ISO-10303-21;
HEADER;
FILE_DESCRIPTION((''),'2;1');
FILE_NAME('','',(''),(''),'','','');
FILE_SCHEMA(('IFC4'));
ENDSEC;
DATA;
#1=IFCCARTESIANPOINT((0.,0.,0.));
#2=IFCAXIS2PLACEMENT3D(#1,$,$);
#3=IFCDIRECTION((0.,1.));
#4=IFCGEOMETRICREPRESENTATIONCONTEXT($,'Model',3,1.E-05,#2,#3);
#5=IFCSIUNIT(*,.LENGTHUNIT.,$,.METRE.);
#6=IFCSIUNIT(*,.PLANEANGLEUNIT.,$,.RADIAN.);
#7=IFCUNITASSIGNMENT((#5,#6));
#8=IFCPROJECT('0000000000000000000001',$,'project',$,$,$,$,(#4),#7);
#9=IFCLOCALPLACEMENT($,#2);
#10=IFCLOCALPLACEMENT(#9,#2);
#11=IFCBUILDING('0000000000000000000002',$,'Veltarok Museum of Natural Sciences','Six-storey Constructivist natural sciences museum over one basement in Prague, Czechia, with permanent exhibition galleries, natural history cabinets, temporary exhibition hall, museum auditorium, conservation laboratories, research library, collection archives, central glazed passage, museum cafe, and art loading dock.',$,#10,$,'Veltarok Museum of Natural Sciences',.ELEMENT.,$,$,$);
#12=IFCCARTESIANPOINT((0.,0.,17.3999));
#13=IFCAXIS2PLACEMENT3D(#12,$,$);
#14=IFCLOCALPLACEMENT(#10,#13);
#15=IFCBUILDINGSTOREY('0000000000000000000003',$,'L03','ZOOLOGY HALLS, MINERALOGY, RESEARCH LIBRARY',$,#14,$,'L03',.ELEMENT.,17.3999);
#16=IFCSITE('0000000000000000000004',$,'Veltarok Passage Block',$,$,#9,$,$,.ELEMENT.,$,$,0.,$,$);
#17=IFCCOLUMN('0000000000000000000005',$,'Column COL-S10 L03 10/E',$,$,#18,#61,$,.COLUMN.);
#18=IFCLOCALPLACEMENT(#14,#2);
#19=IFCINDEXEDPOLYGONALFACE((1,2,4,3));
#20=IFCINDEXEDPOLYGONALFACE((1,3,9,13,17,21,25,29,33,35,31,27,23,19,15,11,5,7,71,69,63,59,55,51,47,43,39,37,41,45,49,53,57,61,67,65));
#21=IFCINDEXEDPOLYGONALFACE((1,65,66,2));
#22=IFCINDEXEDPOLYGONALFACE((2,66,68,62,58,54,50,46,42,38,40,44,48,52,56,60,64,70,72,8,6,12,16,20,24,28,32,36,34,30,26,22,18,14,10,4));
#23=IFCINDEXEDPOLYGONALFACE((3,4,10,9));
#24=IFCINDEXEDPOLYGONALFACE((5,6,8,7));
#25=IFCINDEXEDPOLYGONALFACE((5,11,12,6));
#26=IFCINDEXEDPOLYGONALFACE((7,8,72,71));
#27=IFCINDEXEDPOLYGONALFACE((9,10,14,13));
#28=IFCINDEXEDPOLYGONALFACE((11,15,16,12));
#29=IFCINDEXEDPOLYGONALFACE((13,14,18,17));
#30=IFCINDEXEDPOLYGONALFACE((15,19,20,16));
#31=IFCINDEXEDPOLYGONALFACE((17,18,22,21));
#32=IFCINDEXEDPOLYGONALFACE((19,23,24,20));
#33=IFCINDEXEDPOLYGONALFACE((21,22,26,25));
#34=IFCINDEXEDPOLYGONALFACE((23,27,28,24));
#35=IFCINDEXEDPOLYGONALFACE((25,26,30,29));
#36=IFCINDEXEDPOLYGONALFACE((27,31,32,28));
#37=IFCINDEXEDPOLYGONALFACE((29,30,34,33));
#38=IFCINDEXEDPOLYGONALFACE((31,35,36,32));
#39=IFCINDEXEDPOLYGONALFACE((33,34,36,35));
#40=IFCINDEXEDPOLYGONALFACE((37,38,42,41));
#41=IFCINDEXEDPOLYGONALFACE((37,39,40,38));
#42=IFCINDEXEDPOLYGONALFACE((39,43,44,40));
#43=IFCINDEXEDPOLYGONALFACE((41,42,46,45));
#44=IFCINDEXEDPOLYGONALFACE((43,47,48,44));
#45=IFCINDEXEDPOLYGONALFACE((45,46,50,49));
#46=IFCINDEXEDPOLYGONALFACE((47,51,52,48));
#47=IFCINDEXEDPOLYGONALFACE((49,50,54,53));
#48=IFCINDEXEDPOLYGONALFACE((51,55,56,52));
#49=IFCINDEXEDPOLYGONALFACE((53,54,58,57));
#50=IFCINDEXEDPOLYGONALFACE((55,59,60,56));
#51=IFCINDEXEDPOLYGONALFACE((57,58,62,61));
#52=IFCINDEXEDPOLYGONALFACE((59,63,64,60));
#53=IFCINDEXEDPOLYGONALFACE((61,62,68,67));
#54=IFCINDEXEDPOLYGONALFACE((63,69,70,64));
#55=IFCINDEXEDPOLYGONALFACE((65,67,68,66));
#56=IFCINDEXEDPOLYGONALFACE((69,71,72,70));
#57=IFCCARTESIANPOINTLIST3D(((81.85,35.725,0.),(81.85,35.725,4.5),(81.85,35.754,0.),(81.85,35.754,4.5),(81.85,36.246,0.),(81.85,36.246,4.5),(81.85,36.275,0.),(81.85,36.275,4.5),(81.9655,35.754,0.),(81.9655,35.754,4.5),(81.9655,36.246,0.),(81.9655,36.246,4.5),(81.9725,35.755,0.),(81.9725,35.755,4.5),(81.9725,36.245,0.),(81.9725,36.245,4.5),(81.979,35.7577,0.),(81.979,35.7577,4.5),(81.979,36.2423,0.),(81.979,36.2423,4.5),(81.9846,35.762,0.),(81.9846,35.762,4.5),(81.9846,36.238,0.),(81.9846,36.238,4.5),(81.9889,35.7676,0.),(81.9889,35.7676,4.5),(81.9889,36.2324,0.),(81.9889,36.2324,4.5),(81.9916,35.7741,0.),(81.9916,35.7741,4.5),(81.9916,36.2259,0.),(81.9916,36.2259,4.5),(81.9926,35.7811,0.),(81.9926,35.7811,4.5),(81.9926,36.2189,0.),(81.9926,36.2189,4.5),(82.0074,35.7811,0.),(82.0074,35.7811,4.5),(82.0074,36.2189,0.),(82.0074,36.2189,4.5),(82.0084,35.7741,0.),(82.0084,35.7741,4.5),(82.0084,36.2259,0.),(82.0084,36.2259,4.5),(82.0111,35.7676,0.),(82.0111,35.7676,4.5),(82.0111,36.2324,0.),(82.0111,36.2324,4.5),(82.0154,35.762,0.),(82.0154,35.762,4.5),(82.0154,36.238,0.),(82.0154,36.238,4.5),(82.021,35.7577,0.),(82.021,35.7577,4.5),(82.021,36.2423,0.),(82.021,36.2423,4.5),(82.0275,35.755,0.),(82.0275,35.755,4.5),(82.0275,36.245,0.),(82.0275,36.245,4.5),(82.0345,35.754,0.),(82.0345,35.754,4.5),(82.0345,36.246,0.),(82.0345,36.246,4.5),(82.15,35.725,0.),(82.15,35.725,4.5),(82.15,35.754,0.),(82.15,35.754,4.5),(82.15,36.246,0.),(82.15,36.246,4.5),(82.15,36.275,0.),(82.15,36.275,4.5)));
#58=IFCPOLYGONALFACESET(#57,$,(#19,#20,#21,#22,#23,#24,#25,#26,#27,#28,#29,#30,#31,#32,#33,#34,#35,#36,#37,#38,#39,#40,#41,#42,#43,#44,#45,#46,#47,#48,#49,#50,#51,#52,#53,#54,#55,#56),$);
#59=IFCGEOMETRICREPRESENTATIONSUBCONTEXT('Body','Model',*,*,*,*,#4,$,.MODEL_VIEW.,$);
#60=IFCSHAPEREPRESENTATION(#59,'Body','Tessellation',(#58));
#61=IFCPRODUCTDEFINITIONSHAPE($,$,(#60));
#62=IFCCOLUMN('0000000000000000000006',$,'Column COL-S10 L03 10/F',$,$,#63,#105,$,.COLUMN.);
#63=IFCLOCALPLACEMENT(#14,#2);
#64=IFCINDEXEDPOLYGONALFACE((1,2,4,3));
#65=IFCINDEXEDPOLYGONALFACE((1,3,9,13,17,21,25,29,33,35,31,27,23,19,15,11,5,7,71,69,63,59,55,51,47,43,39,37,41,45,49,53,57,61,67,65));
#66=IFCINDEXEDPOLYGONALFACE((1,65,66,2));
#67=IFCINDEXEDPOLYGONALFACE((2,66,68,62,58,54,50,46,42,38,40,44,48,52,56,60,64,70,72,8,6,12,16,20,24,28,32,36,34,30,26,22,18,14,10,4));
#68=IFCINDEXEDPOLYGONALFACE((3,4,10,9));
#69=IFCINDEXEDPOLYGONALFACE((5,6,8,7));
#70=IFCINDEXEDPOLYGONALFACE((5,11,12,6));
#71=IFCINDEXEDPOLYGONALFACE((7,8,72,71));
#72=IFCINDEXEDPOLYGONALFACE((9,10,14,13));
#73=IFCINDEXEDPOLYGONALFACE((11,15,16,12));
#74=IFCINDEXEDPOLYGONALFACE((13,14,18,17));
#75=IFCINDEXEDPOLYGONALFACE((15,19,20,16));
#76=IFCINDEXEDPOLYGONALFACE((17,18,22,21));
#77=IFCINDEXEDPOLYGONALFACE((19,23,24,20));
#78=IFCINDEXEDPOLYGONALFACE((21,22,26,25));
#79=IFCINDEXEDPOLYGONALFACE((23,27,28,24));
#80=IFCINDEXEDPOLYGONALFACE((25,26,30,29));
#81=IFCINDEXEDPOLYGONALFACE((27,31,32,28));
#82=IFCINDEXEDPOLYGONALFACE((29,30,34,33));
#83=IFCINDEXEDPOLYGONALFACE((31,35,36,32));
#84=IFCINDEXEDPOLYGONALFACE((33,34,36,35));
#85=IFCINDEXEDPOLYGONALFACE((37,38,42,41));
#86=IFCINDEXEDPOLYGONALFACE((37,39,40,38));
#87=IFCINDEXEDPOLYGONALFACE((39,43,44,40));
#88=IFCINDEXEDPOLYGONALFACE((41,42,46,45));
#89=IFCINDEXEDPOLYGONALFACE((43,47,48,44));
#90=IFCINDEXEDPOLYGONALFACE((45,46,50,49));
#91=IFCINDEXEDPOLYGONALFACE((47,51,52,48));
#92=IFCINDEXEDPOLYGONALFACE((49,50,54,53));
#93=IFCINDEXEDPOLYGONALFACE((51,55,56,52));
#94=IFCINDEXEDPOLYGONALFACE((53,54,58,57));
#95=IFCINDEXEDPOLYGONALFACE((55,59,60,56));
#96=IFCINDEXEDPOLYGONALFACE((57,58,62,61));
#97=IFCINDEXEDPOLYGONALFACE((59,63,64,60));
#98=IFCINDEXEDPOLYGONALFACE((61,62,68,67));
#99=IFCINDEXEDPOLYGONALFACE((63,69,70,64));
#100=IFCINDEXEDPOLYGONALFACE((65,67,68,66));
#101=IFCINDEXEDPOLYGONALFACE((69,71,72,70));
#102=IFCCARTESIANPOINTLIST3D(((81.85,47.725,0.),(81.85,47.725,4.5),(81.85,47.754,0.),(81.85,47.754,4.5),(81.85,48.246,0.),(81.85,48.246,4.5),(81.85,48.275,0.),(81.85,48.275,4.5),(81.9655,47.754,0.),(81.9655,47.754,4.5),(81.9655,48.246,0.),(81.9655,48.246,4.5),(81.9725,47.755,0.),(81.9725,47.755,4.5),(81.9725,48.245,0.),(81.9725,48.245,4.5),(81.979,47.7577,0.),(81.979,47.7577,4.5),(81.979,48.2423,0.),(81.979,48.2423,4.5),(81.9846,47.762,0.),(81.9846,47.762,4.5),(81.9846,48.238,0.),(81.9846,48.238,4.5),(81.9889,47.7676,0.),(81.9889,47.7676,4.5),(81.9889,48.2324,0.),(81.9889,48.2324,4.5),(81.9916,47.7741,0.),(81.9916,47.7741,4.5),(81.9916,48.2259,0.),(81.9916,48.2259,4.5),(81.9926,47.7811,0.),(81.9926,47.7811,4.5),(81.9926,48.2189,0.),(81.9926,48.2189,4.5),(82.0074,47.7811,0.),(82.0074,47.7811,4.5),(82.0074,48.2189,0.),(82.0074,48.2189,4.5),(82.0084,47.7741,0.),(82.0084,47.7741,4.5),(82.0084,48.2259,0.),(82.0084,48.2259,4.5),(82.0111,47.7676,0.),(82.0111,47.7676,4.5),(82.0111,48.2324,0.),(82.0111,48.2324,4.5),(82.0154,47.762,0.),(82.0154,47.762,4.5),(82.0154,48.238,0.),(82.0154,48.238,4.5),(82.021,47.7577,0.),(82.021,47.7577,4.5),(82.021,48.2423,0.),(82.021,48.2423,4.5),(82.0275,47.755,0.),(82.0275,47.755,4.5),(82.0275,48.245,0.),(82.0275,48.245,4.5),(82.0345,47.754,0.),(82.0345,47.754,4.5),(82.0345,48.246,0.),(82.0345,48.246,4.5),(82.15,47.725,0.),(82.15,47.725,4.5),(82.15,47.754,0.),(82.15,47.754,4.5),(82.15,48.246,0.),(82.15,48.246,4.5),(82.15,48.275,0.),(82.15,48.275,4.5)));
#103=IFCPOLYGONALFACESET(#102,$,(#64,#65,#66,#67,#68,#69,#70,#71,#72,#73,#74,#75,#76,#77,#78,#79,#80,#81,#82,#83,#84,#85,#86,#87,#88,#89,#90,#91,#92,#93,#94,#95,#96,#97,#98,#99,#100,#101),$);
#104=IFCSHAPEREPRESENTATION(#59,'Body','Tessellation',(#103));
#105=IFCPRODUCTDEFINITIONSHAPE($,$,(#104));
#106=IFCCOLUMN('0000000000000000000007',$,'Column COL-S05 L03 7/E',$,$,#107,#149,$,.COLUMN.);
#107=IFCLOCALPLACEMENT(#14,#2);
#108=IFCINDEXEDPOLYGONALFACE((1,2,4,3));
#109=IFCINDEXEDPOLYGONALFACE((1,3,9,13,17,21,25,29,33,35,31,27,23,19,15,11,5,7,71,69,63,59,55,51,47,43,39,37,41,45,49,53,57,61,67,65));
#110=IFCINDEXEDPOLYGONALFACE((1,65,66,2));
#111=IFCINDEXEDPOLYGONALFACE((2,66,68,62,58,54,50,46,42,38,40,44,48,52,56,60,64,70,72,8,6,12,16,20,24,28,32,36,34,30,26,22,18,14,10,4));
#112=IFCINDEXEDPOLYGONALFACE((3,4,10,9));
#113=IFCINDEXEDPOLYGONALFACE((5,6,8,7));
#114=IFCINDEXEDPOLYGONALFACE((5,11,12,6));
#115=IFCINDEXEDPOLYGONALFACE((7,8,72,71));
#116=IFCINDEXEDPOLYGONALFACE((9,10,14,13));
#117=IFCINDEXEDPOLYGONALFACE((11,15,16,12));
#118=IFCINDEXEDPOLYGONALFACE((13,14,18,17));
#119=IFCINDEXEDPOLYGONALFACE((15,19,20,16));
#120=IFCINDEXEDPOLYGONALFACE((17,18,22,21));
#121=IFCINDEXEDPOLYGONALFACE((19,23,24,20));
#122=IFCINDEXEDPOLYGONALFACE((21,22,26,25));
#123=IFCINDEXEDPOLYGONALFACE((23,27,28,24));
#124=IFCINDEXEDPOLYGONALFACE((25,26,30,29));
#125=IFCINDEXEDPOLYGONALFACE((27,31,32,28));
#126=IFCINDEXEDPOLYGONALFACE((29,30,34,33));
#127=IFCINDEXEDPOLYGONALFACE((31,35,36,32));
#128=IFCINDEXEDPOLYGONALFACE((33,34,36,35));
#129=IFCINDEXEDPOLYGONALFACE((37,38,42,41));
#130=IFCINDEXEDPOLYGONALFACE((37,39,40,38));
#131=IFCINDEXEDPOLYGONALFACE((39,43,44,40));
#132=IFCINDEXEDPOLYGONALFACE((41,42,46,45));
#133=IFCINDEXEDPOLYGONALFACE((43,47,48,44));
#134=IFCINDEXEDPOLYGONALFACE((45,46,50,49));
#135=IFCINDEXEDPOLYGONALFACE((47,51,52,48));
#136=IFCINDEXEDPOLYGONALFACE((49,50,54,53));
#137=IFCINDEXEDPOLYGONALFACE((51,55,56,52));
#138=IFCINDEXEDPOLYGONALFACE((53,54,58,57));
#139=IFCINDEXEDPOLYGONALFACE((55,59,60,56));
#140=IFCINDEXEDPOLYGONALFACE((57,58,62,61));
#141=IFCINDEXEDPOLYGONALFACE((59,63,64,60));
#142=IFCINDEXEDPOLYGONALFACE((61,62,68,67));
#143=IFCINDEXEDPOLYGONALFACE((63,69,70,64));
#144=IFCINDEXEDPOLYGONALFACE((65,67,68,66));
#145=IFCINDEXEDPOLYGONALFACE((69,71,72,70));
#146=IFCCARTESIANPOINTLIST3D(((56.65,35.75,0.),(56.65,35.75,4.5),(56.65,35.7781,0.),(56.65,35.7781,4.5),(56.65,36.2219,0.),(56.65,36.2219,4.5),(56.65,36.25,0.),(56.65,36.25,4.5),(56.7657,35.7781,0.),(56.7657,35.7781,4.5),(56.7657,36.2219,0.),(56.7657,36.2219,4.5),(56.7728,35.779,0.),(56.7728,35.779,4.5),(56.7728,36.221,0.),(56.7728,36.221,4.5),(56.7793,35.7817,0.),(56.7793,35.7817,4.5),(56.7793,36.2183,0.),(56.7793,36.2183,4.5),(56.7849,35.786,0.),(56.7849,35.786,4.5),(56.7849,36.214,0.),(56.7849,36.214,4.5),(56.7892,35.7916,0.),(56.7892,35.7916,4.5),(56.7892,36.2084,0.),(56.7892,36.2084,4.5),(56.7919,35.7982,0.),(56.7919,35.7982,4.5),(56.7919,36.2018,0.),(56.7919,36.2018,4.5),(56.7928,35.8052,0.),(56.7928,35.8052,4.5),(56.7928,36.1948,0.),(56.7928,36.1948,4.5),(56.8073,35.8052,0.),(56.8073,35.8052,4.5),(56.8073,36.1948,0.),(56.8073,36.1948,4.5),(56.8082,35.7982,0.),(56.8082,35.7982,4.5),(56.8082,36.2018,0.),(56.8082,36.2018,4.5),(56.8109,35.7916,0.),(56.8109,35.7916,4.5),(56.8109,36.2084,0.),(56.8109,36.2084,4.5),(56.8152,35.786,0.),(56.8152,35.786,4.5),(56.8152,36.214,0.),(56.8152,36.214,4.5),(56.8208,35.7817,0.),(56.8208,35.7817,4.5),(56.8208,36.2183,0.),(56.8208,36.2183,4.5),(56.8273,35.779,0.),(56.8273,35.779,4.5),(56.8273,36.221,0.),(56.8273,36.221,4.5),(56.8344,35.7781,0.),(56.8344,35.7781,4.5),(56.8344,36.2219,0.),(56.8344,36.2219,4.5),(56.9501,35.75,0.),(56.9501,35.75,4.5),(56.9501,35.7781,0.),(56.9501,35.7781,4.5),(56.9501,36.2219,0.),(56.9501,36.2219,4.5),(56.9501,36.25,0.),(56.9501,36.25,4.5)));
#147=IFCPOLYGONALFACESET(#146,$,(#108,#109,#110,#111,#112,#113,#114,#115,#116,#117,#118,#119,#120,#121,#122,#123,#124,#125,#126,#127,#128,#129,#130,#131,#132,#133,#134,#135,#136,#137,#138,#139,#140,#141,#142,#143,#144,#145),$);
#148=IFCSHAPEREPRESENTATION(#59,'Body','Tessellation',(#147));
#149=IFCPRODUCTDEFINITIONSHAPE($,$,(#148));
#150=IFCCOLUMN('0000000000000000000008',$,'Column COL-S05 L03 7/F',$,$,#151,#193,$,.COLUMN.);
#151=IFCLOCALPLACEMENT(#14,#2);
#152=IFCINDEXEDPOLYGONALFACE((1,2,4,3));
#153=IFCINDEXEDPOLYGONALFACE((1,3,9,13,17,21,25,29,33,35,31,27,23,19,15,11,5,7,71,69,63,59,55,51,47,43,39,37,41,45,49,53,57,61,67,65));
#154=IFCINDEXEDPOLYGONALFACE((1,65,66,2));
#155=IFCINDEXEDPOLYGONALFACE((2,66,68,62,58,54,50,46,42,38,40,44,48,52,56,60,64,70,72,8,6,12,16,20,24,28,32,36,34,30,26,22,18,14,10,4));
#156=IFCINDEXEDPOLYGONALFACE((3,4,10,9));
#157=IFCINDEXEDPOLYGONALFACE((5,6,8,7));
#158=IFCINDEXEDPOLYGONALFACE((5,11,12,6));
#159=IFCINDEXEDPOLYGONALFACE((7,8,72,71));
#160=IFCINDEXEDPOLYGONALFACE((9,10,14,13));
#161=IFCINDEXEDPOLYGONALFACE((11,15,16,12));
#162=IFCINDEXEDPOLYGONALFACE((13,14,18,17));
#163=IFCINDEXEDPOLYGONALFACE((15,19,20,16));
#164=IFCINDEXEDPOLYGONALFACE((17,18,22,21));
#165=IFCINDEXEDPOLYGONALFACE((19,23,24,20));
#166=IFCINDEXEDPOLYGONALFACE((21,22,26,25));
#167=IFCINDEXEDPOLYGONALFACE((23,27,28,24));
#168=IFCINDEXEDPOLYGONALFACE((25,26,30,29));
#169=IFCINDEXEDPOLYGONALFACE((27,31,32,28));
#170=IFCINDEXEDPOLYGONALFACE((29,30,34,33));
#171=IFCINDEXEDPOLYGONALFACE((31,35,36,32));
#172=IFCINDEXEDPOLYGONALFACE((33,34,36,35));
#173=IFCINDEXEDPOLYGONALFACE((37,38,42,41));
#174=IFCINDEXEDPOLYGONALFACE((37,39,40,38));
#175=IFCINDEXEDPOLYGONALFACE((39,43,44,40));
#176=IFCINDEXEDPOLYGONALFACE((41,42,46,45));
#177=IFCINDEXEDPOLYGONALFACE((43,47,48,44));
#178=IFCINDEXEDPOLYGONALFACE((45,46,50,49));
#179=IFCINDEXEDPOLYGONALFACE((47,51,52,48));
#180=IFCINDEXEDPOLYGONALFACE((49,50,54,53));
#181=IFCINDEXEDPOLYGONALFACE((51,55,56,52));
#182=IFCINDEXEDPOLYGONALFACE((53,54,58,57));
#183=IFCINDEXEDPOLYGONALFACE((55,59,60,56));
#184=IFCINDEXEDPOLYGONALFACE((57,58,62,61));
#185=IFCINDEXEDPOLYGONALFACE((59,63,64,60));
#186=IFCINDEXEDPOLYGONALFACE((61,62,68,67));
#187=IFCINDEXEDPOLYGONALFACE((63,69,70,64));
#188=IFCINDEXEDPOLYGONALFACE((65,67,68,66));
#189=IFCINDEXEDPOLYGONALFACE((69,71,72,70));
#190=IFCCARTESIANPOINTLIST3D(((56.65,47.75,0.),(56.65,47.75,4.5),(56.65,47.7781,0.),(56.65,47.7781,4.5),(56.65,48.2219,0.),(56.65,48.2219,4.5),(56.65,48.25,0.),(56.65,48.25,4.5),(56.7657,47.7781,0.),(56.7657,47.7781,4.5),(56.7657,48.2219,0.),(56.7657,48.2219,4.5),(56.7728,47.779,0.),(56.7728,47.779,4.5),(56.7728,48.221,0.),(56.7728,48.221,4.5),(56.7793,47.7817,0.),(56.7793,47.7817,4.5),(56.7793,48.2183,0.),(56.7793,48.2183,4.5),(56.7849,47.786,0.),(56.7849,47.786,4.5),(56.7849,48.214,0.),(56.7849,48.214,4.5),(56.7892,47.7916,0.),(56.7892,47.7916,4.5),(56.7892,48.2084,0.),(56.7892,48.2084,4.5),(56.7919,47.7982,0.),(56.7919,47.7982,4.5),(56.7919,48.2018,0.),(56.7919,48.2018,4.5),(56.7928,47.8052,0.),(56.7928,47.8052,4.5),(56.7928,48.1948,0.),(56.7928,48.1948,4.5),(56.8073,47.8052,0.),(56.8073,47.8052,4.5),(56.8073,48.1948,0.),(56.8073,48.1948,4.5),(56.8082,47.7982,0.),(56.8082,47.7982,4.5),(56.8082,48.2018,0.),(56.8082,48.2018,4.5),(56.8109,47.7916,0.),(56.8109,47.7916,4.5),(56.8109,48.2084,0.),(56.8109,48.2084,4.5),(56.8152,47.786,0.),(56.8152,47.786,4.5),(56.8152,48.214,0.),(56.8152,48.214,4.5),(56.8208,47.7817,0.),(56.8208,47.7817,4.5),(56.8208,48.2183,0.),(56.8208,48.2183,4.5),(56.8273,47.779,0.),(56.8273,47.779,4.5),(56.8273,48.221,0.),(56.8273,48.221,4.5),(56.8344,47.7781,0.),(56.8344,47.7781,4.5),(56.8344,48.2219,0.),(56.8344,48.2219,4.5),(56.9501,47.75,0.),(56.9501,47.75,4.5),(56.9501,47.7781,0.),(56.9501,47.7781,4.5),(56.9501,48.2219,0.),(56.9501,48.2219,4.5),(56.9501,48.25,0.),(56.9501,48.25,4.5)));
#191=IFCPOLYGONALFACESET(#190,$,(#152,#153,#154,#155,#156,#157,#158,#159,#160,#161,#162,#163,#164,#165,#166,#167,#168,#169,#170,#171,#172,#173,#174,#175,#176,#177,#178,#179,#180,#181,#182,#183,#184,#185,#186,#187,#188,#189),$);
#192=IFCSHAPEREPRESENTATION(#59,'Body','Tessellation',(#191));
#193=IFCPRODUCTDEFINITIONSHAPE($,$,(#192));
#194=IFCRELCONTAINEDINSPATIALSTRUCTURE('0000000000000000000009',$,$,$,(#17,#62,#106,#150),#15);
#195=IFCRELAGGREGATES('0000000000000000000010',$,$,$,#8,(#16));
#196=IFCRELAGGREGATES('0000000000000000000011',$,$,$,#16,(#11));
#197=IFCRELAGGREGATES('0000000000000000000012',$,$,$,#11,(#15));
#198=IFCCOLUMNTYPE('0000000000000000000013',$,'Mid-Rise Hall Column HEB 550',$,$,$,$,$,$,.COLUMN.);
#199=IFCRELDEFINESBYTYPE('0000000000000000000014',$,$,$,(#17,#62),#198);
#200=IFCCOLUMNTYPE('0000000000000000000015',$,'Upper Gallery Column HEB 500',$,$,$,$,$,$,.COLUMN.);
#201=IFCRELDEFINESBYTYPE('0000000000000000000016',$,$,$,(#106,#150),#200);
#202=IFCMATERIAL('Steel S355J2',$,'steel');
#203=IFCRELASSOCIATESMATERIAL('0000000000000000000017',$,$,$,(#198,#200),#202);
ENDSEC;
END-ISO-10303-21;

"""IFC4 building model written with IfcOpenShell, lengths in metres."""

from ifc_helpers import new_model, si_unit, direction, frame, origin, origin_2d, place, context, subcontext, project, spatial, i_section, extrude, material, material_profile, profile_set, type_object, element, save


model = new_model("IFC4")

# Units and contexts
model_context = context("Model", 3, precision=1e-05, world=origin(), true_north=direction((0.0, 1.0)))
body_context = subcontext(model_context, "Body", "Model", "MODEL_VIEW")
ifc_project = project(units=[si_unit("LENGTHUNIT", "METRE"), si_unit("PLANEANGLEUNIT", "RADIAN")], contexts=[model_context])

# Site, building, storey
site_placement = place(None, origin())
site = spatial("IfcSite", under=ifc_project, at=site_placement, Name="Veltarok Passage Block", CompositionType="ELEMENT", RefElevation=0.0)
building_placement = place(site_placement, origin())
building = spatial("IfcBuilding", under=site, at=building_placement, Name="Veltarok Museum of Natural Sciences", Description="Six-storey Constructivist natural sciences museum over one basement in Prague, Czechia, with permanent exhibition galleries, natural history cabinets, temporary exhibition hall, museum auditorium, conservation laboratories, research library, collection archives, central glazed passage, museum cafe, and art loading dock.", LongName="Veltarok Museum of Natural Sciences", CompositionType="ELEMENT")
storey_placement = place(building_placement, frame((0.0, 0.0, 17.3999)))
storey = spatial("IfcBuildingStorey", under=building, at=storey_placement, Name="L03", Description="ZOOLOGY HALLS, MINERALOGY, RESEARCH LIBRARY", LongName="L03", CompositionType="ELEMENT", Elevation=17.3999)

# Columns
ifc_material = material(Name="Steel S355J2", Category="steel")
ifc_material_profile_1 = material_profile(ifc_material, i_section(OverallWidth=0.3, OverallDepth=0.55, WebThickness=0.0149, FlangeThickness=0.0291, FilletRadius=0.0271, at=origin_2d()), Name="HEB 550")
ifc_profile_set_1 = profile_set([ifc_material_profile_1], Name="Steel S355J2")
column_type_1 = type_object("IfcColumnType", Name="Mid-Rise Hall Column HEB 550", PredefinedType="COLUMN", material=ifc_profile_set_1)
for number, where, z_axis, x_axis, name in (
    (1, (82.0, 36.0, 0.0), (0.0, 0.0, 1.0), (1.0, 0.0, 0.0), "Column COL-S10 L03 10/E"),
    (2, (82.0, 48.0, 0.0), (0.0, 0.0, 1.0), (1.0, 0.0, 0.0), "Column COL-S10 L03 10/F"),
):
    element("IfcColumn", number, at=place(storey_placement, frame(where, z_axis=z_axis, x_axis=x_axis)), inside=storey, type_object=column_type_1, Name=name, PredefinedType="COLUMN", context=body_context, shape_type="SweptSolid", body=[
        extrude(i_section(OverallWidth=0.3, OverallDepth=0.55, WebThickness=0.0149, FlangeThickness=0.0291, FilletRadius=0.0271, at=origin_2d()), origin(), (0.0, 0.0, 1.0), 4.5),
    ])
ifc_material_profile_2 = material_profile(ifc_material, i_section(OverallWidth=0.3, OverallDepth=0.5, WebThickness=0.0144, FlangeThickness=0.0281, FilletRadius=0.0271, at=origin_2d()), Name="HEB 500")
ifc_profile_set_2 = profile_set([ifc_material_profile_2], Name="Steel S355J2")
column_type_2 = type_object("IfcColumnType", Name="Upper Gallery Column HEB 500", PredefinedType="COLUMN", material=ifc_profile_set_2)
for number, where, z_axis, x_axis, name in (
    (3, (56.8, 36.0, 0.0), (0.0, 0.0, 1.0), (1.0, 0.0, 0.0), "Column COL-S05 L03 7/E"),
    (4, (56.8, 48.0, 0.0), (0.0, 0.0, 1.0), (1.0, 0.0, 0.0), "Column COL-S05 L03 7/F"),
):
    element("IfcColumn", number, at=place(storey_placement, frame(where, z_axis=z_axis, x_axis=x_axis)), inside=storey, type_object=column_type_2, Name=name, PredefinedType="COLUMN", context=body_context, shape_type="SweptSolid", body=[
        extrude(i_section(OverallWidth=0.3, OverallDepth=0.5, WebThickness=0.0144, FlangeThickness=0.0281, FilletRadius=0.0271, at=origin_2d()), origin(), (0.0, 0.0, 1.0), 4.5),
    ])

save(model, "model.ifc")
